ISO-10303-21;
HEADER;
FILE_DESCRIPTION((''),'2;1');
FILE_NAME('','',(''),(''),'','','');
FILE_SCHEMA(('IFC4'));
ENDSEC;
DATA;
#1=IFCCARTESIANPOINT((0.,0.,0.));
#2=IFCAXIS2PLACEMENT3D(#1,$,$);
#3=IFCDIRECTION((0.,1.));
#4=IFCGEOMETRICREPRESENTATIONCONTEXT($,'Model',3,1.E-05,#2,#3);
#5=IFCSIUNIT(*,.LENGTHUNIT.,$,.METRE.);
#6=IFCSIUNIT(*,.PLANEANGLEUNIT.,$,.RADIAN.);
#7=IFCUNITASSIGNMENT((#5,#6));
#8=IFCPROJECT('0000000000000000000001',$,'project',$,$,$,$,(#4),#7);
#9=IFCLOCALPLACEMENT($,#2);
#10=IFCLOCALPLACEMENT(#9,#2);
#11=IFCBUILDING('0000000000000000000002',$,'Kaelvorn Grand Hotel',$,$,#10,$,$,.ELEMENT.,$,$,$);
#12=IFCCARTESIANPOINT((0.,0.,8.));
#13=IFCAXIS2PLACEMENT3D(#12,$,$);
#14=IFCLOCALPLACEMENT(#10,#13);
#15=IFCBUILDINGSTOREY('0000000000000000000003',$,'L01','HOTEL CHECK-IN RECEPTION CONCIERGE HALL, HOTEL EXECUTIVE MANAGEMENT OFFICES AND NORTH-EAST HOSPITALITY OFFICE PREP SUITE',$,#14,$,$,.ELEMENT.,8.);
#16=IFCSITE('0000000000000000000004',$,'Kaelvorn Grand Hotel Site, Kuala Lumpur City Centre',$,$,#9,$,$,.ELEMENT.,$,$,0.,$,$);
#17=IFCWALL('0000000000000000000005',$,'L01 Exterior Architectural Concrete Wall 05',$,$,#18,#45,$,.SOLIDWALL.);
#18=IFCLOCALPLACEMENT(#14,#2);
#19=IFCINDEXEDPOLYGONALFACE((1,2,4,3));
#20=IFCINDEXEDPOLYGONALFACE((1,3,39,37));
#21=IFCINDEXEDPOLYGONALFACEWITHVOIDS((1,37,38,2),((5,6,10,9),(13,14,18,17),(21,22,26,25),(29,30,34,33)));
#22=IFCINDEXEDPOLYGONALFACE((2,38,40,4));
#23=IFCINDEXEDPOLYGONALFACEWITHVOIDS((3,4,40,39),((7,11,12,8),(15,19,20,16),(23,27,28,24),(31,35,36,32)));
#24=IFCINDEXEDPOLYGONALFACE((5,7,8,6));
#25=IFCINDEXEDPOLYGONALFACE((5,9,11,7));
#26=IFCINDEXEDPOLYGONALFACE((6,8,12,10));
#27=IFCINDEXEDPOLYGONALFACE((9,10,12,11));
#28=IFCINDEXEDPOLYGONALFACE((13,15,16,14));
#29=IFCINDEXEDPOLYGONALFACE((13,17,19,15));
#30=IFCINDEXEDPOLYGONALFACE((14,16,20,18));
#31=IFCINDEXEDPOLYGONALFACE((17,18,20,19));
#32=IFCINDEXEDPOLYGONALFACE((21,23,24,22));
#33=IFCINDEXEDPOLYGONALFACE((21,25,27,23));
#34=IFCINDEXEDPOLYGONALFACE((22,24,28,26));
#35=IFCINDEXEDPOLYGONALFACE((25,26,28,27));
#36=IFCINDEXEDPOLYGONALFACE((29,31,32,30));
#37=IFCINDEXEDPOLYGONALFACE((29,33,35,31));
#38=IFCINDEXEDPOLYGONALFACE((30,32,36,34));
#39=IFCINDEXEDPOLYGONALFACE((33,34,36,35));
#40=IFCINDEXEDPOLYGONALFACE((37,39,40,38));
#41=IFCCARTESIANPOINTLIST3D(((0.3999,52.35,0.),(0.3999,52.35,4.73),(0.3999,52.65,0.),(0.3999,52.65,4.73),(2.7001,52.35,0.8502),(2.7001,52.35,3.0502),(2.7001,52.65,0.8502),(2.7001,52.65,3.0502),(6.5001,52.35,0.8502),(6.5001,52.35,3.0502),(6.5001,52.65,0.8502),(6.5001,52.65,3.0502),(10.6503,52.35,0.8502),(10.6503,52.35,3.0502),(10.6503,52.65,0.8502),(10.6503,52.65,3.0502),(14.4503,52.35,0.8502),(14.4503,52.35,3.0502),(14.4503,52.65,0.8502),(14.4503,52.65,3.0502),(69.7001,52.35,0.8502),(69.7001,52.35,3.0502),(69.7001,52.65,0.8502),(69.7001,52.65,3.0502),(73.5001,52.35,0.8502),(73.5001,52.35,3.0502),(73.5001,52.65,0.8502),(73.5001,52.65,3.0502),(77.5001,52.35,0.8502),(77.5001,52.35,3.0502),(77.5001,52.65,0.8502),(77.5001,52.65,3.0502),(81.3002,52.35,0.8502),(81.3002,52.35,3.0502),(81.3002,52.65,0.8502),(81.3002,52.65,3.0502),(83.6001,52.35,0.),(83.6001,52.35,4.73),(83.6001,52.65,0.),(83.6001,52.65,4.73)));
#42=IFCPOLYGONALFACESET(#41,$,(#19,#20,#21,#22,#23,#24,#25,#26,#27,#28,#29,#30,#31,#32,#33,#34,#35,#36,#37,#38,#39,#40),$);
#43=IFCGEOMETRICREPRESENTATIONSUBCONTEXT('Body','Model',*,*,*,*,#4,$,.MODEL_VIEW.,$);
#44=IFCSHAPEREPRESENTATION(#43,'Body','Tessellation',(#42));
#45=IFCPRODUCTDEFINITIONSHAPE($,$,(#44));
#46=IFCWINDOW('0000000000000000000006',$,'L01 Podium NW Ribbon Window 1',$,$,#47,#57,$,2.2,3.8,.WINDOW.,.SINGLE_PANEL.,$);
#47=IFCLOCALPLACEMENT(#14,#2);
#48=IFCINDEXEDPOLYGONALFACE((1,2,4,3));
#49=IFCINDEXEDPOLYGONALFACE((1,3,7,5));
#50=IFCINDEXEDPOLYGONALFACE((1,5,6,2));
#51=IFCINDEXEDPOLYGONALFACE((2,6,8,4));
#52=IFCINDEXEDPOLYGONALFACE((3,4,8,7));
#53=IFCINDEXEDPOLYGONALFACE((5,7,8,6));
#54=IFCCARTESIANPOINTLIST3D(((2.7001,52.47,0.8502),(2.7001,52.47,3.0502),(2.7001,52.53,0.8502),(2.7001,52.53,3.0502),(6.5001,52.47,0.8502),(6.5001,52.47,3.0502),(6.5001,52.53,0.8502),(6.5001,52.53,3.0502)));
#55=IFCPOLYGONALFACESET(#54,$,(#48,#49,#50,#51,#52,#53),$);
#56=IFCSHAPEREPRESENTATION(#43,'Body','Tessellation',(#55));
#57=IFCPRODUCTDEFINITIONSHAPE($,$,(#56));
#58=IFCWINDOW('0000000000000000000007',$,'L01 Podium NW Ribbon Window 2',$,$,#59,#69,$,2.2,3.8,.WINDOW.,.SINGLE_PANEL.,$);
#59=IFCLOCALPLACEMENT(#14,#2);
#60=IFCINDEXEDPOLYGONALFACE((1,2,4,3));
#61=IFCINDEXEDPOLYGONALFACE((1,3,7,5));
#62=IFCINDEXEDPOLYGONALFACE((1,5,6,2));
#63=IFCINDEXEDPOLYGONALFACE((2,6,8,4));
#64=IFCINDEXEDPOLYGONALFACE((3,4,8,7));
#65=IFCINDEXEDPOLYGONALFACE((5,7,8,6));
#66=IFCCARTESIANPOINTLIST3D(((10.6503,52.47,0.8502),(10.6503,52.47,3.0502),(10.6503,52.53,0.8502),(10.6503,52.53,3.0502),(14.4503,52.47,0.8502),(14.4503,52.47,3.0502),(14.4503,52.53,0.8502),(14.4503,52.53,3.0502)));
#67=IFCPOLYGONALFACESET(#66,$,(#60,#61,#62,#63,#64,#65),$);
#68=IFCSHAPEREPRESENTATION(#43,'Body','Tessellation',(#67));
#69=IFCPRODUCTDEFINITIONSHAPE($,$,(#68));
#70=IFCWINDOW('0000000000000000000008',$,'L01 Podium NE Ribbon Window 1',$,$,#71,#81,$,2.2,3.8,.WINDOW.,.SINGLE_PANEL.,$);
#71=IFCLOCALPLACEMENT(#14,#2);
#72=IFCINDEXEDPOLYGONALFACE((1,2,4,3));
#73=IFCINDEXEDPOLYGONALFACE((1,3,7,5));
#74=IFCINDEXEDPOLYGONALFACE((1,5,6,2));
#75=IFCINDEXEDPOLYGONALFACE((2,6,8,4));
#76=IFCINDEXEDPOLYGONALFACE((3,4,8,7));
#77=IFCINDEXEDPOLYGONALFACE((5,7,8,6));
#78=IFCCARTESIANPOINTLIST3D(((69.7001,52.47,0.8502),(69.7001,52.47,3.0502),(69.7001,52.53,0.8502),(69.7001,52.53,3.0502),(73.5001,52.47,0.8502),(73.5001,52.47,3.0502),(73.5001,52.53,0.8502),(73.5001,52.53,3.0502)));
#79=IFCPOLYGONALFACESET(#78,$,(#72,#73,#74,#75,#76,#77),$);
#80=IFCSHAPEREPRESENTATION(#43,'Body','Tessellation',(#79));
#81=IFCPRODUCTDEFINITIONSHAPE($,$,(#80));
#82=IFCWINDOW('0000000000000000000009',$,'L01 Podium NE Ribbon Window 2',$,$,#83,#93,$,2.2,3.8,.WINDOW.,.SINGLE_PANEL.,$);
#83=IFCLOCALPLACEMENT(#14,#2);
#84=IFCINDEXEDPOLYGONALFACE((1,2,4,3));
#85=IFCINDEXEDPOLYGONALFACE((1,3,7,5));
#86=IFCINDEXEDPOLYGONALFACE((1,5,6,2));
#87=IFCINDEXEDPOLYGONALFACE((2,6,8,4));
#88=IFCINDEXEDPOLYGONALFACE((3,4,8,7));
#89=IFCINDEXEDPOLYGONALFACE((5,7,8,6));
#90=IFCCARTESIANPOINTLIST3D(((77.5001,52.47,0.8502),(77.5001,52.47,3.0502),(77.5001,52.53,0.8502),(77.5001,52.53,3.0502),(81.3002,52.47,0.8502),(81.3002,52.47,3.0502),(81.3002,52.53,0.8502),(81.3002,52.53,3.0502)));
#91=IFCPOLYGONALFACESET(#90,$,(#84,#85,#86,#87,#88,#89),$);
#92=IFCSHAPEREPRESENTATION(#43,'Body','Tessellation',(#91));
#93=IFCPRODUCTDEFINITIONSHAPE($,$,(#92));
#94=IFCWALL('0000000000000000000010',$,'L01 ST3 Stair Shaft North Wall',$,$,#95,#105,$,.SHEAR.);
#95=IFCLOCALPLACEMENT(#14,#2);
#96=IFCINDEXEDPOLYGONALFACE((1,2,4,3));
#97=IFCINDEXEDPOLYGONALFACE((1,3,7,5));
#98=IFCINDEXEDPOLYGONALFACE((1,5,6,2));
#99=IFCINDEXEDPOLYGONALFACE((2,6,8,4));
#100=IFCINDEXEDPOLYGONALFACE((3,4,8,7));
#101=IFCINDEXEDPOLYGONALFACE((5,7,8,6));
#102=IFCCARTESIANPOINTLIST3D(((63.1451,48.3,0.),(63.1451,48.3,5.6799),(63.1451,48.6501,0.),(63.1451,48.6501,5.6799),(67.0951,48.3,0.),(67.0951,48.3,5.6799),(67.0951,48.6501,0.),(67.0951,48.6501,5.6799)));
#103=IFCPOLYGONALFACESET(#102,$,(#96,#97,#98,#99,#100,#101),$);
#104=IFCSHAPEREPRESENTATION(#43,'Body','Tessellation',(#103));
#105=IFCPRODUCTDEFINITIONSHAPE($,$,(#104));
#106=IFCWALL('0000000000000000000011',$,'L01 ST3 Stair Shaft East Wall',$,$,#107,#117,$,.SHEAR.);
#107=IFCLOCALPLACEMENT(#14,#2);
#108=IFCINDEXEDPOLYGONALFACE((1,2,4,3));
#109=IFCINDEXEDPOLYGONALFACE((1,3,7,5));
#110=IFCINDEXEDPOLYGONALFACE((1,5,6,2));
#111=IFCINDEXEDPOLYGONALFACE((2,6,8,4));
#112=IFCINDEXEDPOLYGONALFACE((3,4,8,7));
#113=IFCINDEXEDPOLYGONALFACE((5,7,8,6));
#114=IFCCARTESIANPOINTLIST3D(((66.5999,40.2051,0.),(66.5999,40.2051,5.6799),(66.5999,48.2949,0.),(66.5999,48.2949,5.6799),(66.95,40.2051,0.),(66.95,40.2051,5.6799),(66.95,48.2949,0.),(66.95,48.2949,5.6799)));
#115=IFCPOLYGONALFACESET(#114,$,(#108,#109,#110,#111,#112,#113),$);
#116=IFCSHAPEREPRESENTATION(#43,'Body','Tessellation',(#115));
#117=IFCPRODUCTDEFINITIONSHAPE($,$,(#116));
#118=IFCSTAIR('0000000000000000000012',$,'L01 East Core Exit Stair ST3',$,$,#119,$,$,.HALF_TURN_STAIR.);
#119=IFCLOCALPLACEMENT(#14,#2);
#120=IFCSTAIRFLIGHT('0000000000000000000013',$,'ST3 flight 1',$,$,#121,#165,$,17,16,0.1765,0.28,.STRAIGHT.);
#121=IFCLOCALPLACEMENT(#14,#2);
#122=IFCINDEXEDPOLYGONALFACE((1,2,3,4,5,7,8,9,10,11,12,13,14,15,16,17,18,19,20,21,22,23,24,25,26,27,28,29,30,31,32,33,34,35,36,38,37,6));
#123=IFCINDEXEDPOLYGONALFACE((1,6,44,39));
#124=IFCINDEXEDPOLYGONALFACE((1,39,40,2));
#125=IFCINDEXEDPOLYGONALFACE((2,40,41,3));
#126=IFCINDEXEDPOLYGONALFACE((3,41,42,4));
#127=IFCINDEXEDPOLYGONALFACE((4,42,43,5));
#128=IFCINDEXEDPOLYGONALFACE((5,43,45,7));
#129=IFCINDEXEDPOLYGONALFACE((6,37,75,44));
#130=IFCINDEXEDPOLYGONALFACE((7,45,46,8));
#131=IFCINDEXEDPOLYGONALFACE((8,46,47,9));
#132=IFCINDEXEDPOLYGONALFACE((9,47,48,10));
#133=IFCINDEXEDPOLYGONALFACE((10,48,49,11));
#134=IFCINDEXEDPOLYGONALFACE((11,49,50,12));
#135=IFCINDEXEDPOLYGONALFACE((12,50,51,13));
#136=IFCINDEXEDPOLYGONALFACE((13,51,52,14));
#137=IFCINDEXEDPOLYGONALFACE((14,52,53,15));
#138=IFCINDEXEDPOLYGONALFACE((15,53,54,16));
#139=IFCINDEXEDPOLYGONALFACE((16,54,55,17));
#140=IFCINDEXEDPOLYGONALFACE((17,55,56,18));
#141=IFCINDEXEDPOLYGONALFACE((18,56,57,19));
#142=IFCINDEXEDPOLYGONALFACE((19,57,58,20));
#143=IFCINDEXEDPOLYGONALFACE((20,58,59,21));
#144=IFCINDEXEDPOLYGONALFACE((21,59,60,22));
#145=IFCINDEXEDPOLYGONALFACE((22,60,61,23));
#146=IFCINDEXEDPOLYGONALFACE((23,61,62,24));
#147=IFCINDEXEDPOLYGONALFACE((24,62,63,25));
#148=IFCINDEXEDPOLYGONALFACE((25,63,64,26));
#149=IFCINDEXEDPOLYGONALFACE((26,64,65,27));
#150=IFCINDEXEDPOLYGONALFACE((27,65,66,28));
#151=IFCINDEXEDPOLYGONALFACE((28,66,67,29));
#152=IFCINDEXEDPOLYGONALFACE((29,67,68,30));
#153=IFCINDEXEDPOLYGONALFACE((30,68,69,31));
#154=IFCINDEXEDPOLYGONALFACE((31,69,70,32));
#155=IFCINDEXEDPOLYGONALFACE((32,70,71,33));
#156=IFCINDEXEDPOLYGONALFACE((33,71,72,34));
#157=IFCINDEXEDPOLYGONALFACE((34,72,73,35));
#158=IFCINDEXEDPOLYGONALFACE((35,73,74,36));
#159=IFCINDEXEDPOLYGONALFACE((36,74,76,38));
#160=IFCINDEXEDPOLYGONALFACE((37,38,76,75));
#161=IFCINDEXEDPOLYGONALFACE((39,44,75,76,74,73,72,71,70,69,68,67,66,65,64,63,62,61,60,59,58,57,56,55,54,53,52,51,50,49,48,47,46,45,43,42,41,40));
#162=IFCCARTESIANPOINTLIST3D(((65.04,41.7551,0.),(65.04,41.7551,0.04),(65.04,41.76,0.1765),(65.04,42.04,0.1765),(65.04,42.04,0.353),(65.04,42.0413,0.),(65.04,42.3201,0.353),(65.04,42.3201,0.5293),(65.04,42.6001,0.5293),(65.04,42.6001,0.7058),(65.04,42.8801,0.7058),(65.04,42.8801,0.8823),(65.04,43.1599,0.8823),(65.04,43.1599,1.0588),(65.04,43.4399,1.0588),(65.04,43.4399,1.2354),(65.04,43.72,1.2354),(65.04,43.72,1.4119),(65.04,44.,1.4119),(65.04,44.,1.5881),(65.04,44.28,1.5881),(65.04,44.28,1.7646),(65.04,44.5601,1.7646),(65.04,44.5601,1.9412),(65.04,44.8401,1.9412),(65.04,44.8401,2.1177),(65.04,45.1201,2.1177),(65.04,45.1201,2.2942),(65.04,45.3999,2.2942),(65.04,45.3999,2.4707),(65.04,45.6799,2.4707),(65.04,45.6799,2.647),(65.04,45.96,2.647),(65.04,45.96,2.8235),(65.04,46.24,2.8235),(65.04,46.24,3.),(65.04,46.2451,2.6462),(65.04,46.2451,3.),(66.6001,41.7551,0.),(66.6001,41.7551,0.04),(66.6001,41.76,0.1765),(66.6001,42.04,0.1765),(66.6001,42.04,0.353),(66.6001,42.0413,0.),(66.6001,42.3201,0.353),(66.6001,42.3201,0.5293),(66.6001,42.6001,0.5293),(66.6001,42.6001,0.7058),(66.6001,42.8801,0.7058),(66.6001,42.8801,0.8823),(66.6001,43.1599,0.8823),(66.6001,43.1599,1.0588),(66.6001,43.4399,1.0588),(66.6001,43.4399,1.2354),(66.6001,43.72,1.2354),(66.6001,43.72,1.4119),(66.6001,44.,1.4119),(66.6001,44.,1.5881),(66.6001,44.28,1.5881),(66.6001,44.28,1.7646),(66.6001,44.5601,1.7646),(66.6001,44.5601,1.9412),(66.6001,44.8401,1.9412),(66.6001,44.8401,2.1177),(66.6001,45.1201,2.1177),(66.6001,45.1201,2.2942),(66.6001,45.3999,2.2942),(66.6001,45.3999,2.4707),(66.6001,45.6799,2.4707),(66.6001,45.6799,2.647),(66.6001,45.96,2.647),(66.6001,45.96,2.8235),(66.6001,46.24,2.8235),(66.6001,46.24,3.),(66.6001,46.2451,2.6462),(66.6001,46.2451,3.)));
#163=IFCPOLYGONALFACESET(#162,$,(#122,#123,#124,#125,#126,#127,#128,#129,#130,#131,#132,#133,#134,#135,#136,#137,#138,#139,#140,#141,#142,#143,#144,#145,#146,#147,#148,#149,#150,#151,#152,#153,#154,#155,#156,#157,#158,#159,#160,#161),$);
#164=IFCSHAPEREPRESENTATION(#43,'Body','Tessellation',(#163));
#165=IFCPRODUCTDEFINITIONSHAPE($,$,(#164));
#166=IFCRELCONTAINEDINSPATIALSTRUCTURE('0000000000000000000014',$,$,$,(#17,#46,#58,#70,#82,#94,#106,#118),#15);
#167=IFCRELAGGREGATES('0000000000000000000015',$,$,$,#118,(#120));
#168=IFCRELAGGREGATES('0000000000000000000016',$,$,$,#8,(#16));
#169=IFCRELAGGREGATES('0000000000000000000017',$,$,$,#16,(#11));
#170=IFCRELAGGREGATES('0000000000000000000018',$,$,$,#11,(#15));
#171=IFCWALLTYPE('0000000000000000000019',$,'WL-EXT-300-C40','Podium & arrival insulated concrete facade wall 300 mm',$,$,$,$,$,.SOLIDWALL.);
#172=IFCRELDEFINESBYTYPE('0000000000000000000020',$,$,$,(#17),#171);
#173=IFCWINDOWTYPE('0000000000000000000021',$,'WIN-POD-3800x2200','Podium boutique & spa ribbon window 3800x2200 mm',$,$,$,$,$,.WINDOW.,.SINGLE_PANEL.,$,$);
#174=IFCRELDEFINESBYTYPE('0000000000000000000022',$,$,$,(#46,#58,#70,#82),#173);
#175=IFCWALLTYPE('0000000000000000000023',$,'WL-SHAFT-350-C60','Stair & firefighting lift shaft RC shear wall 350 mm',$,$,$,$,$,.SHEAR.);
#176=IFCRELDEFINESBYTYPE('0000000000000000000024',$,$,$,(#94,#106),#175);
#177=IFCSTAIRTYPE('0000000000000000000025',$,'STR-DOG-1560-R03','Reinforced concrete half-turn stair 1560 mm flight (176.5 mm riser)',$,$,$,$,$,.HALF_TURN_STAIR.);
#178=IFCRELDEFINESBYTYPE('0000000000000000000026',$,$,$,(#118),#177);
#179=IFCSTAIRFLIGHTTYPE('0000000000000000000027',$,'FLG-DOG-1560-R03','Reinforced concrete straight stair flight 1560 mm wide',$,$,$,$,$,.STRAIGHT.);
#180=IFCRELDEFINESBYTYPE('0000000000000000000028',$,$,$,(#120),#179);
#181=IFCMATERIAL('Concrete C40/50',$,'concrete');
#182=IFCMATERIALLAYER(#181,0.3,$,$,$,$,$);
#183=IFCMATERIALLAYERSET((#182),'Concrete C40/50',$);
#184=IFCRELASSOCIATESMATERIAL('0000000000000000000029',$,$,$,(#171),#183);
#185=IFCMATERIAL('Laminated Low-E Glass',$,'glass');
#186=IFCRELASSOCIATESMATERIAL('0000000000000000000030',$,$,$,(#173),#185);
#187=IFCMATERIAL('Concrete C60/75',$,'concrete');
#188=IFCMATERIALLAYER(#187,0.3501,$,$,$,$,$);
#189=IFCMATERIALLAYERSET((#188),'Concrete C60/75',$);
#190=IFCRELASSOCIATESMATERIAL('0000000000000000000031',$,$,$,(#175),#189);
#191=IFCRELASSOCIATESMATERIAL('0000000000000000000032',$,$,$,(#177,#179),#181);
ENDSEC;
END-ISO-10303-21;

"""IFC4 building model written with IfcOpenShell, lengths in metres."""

from ifc_helpers import new_model, si_unit, direction, frame, frame_2d, origin, place, context, subcontext, project, spatial, polyline, rectangle, outline, extrude, material, layer, layer_set, type_object, element, fill, aggregate, save


model = new_model("IFC4")

# Units and contexts
model_context = context("Model", 3, precision=1e-05, world=origin(), true_north=direction((0.0, 1.0)))
body_context = subcontext(model_context, "Body", "Model", "MODEL_VIEW")
ifc_project = project(units=[si_unit("LENGTHUNIT", "METRE"), si_unit("PLANEANGLEUNIT", "RADIAN")], contexts=[model_context])

# Site, building, storey
site_placement = place(None, origin())
site = spatial("IfcSite", under=ifc_project, at=site_placement, Name="Kaelvorn Grand Hotel Site, Kuala Lumpur City Centre", CompositionType="ELEMENT", RefElevation=0.0)
building_placement = place(site_placement, origin())
building = spatial("IfcBuilding", under=site, at=building_placement, Name="Kaelvorn Grand Hotel", CompositionType="ELEMENT")
storey_placement = place(building_placement, frame((0.0, 0.0, 8.0)))
storey = spatial("IfcBuildingStorey", under=building, at=storey_placement, Name="L01", Description="HOTEL CHECK-IN RECEPTION CONCIERGE HALL, HOTEL EXECUTIVE MANAGEMENT OFFICES AND NORTH-EAST HOSPITALITY OFFICE PREP SUITE", CompositionType="ELEMENT", Elevation=8.0)

# Shared definitions
ifc_material_1 = material(Name="Concrete C40/50", Category="concrete")
ifc_layer_1 = layer(ifc_material_1, 0.3)
ifc_layer_set_1 = layer_set([ifc_layer_1], Name="Concrete C40/50")
wall_type_1 = type_object("IfcWallType", Name="WL-EXT-300-C40", Description="Podium & arrival insulated concrete facade wall 300 mm", PredefinedType="SOLIDWALL", material=ifc_layer_set_1)
ifc_material_2 = material(Name="Laminated Low-E Glass", Category="glass")

# Wall, openings, windows
wall_1_placement = place(storey_placement, frame((83.6001, 52.5, 0.0), z_axis=(0.0, 0.0, 1.0), x_axis=(-1.0, 0.0, 0.0)))
wall_1 = element("IfcWall", 1, at=wall_1_placement, inside=storey, type_object=wall_type_1, Name="L01 Exterior Architectural Concrete Wall 05", PredefinedType="SOLIDWALL", context=body_context, shape_type="SweptSolid", body=[
    extrude(rectangle(XDim=83.2002, YDim=0.3, at=frame_2d((41.6001, 0.0))), origin(), (0.0, 0.0, 1.0), 4.73),
])
opening_1_placement = place(wall_1_placement, frame((77.1001, 0.0, 0.8501)))
opening_1 = element("IfcOpeningElement", 2, at=opening_1_placement, cuts=wall_1, PredefinedType="OPENING", context=body_context, shape_type="SweptSolid", body=[
    extrude(rectangle(XDim=3.8, YDim=2.2, at=frame_2d((1.8999, 1.1001))), frame((0.0, 0.1602, 0.0), z_axis=(0.0, -1.0, 0.0), x_axis=(1.0, 0.0, 0.0)), (0.0, 0.0, 1.0), 0.3201),
])
opening_2_placement = place(wall_1_placement, frame((69.1499, 0.0, 0.8501)))
opening_2 = element("IfcOpeningElement", 3, at=opening_2_placement, cuts=wall_1, PredefinedType="OPENING", context=body_context, shape_type="SweptSolid", body=[
    extrude(rectangle(XDim=3.8, YDim=2.2, at=frame_2d((1.8999, 1.1001))), frame((0.0, 0.1602, 0.0), z_axis=(0.0, -1.0, 0.0), x_axis=(1.0, 0.0, 0.0)), (0.0, 0.0, 1.0), 0.3201),
])
opening_3_placement = place(wall_1_placement, frame((10.1001, 0.0, 0.8501)))
opening_3 = element("IfcOpeningElement", 4, at=opening_3_placement, cuts=wall_1, PredefinedType="OPENING", context=body_context, shape_type="SweptSolid", body=[
    extrude(rectangle(XDim=3.8, YDim=2.2, at=frame_2d((1.8999, 1.1001))), frame((0.0, 0.1602, 0.0), z_axis=(0.0, -1.0, 0.0), x_axis=(1.0, 0.0, 0.0)), (0.0, 0.0, 1.0), 0.3201),
])
opening_4_placement = place(wall_1_placement, frame((2.3, 0.0, 0.8501)))
opening_4 = element("IfcOpeningElement", 5, at=opening_4_placement, cuts=wall_1, PredefinedType="OPENING", context=body_context, shape_type="SweptSolid", body=[
    extrude(rectangle(XDim=3.8, YDim=2.2, at=frame_2d((1.8999, 1.1001))), frame((0.0, 0.1602, 0.0), z_axis=(0.0, -1.0, 0.0), x_axis=(1.0, 0.0, 0.0)), (0.0, 0.0, 1.0), 0.3201),
])
window_type_1 = type_object("IfcWindowType", Name="WIN-POD-3800x2200", Description="Podium boutique & spa ribbon window 3800x2200 mm", PartitioningType="SINGLE_PANEL", PredefinedType="WINDOW", material=ifc_material_2)
window_1_placement = place(opening_1_placement, origin())
window_1 = element("IfcWindow", 6, at=window_1_placement, inside=storey, type_object=window_type_1, Name="L01 Podium NW Ribbon Window 1", OverallHeight=2.2, OverallWidth=3.8, PartitioningType="SINGLE_PANEL", PredefinedType="WINDOW", context=body_context, shape_type="SweptSolid", body=[
    extrude(rectangle(XDim=3.8, YDim=2.2, at=frame_2d((1.8999, 1.1001))), frame((0.0, 0.03, 0.0), z_axis=(0.0, -1.0, 0.0), x_axis=(1.0, 0.0, 0.0)), (0.0, 0.0, 1.0), 0.0601),
])
fill(opening_1, window_1)
window_2_placement = place(opening_2_placement, origin())
window_2 = element("IfcWindow", 7, at=window_2_placement, inside=storey, type_object=window_type_1, Name="L01 Podium NW Ribbon Window 2", OverallHeight=2.2, OverallWidth=3.8, PartitioningType="SINGLE_PANEL", PredefinedType="WINDOW", context=body_context, shape_type="SweptSolid", body=[
    extrude(rectangle(XDim=3.8, YDim=2.2, at=frame_2d((1.8999, 1.1001))), frame((0.0, 0.03, 0.0), z_axis=(0.0, -1.0, 0.0), x_axis=(1.0, 0.0, 0.0)), (0.0, 0.0, 1.0), 0.0601),
])
fill(opening_2, window_2)
window_3_placement = place(opening_3_placement, origin())
window_3 = element("IfcWindow", 8, at=window_3_placement, inside=storey, type_object=window_type_1, Name="L01 Podium NE Ribbon Window 1", OverallHeight=2.2, OverallWidth=3.8, PartitioningType="SINGLE_PANEL", PredefinedType="WINDOW", context=body_context, shape_type="SweptSolid", body=[
    extrude(rectangle(XDim=3.8, YDim=2.2, at=frame_2d((1.8999, 1.1001))), frame((0.0, 0.03, 0.0), z_axis=(0.0, -1.0, 0.0), x_axis=(1.0, 0.0, 0.0)), (0.0, 0.0, 1.0), 0.0601),
])
fill(opening_3, window_3)
window_4_placement = place(opening_4_placement, origin())
window_4 = element("IfcWindow", 9, at=window_4_placement, inside=storey, type_object=window_type_1, Name="L01 Podium NE Ribbon Window 2", OverallHeight=2.2, OverallWidth=3.8, PartitioningType="SINGLE_PANEL", PredefinedType="WINDOW", context=body_context, shape_type="SweptSolid", body=[
    extrude(rectangle(XDim=3.8, YDim=2.2, at=frame_2d((1.8999, 1.1001))), frame((0.0, 0.03, 0.0), z_axis=(0.0, -1.0, 0.0), x_axis=(1.0, 0.0, 0.0)), (0.0, 0.0, 1.0), 0.0601),
])
fill(opening_4, window_4)

# Walls
ifc_material_3 = material(Name="Concrete C60/75", Category="concrete")
ifc_layer_2 = layer(ifc_material_3, 0.3501)
ifc_layer_set_2 = layer_set([ifc_layer_2], Name="Concrete C60/75")
wall_type_2 = type_object("IfcWallType", Name="WL-SHAFT-350-C60", Description="Stair & firefighting lift shaft RC shear wall 350 mm", PredefinedType="SHEAR", material=ifc_layer_set_2)
wall_2_placement = place(storey_placement, frame((63.145, 48.4751, 0.0), z_axis=(0.0, 0.0, 1.0), x_axis=(1.0, 0.0, 0.0)))
element("IfcWall", 10, at=wall_2_placement, inside=storey, type_object=wall_type_2, Name="L01 ST3 Stair Shaft North Wall", PredefinedType="SHEAR", context=body_context, shape_type="SweptSolid", body=[
    extrude(rectangle(XDim=3.95, YDim=0.3501, at=frame_2d((1.9751, 0.0))), origin(), (0.0, 0.0, 1.0), 5.6799),
])
wall_3_placement = place(storey_placement, frame((66.7749, 40.2051, 0.0), z_axis=(0.0, 0.0, 1.0), x_axis=(0.0, 1.0, 0.0)))
element("IfcWall", 11, at=wall_3_placement, inside=storey, type_object=wall_type_2, Name="L01 ST3 Stair Shaft East Wall", PredefinedType="SHEAR", context=body_context, shape_type="SweptSolid", body=[
    extrude(rectangle(XDim=8.0898, YDim=0.3501, at=frame_2d((4.0449, 0.0))), origin(), (0.0, 0.0, 1.0), 5.6799),
])

# Stair, stair flight
stair_type = type_object("IfcStairType", Name="STR-DOG-1560-R03", Description="Reinforced concrete half-turn stair 1560 mm flight (176.5 mm riser)", PredefinedType="HALF_TURN_STAIR", material=ifc_material_1)
stair_placement = place(storey_placement, origin())
stair = element("IfcStair", 12, at=stair_placement, inside=storey, type_object=stair_type, Name="L01 East Core Exit Stair ST3", PredefinedType="HALF_TURN_STAIR")
stair_flight_type = type_object("IfcStairFlightType", Name="FLG-DOG-1560-R03", Description="Reinforced concrete straight stair flight 1560 mm wide", PredefinedType="STRAIGHT", material=ifc_material_1)
stair_flight_1_placement = place(storey_placement, frame((65.8201, 41.76, 0.0), z_axis=(0.0, 0.0, 1.0), x_axis=(0.0, 1.0, 0.0)))
stair_flight_1 = element("IfcStairFlight", 13, at=stair_flight_1_placement, type_object=stair_flight_type, Name="ST3 flight 1", NumberOfRisers=17, NumberOfTreads=16, PredefinedType="STRAIGHT", RiserHeight=0.1765, TreadLength=0.28, context=body_context, shape_type="SweptSolid", body=[
    extrude(outline(polyline([(-0.0049, 0.0), (-0.0049, 0.04), (0.0, 0.1765), (0.28, 0.1765), (0.28, 0.353), (0.5601, 0.353), (0.5601, 0.5293), (0.8401, 0.5293), (0.8401, 0.7058), (1.1201, 0.7058), (1.1201, 0.8823), (1.3999, 0.8823), (1.3999, 1.0588), (1.6799, 1.0588), (1.6799, 1.2354), (1.96, 1.2354), (1.96, 1.4119), (2.24, 1.4119), (2.24, 1.5881), (2.52, 1.5881), (2.52, 1.7646), (2.8, 1.7646), (2.8, 1.9412), (3.0801, 1.9412), (3.0801, 2.1177), (3.3601, 2.1177), (3.3601, 2.2942), (3.6399, 2.2942), (3.6399, 2.4707), (3.9199, 2.4707), (3.9199, 2.647), (4.2, 2.647), (4.2, 2.8235), (4.48, 2.8235), (4.48, 3.0), (4.4851, 3.0), (4.4851, 2.6462), (0.2812, 0.0), (-0.0049, 0.0)])), frame((0.0, 0.78, 0.0), z_axis=(0.0, -1.0, 0.0), x_axis=(1.0, 0.0, 0.0)), (0.0, 0.0, 1.0), 1.5601),
])
aggregate(stair, [stair_flight_1])

save(model, "model.ifc")
